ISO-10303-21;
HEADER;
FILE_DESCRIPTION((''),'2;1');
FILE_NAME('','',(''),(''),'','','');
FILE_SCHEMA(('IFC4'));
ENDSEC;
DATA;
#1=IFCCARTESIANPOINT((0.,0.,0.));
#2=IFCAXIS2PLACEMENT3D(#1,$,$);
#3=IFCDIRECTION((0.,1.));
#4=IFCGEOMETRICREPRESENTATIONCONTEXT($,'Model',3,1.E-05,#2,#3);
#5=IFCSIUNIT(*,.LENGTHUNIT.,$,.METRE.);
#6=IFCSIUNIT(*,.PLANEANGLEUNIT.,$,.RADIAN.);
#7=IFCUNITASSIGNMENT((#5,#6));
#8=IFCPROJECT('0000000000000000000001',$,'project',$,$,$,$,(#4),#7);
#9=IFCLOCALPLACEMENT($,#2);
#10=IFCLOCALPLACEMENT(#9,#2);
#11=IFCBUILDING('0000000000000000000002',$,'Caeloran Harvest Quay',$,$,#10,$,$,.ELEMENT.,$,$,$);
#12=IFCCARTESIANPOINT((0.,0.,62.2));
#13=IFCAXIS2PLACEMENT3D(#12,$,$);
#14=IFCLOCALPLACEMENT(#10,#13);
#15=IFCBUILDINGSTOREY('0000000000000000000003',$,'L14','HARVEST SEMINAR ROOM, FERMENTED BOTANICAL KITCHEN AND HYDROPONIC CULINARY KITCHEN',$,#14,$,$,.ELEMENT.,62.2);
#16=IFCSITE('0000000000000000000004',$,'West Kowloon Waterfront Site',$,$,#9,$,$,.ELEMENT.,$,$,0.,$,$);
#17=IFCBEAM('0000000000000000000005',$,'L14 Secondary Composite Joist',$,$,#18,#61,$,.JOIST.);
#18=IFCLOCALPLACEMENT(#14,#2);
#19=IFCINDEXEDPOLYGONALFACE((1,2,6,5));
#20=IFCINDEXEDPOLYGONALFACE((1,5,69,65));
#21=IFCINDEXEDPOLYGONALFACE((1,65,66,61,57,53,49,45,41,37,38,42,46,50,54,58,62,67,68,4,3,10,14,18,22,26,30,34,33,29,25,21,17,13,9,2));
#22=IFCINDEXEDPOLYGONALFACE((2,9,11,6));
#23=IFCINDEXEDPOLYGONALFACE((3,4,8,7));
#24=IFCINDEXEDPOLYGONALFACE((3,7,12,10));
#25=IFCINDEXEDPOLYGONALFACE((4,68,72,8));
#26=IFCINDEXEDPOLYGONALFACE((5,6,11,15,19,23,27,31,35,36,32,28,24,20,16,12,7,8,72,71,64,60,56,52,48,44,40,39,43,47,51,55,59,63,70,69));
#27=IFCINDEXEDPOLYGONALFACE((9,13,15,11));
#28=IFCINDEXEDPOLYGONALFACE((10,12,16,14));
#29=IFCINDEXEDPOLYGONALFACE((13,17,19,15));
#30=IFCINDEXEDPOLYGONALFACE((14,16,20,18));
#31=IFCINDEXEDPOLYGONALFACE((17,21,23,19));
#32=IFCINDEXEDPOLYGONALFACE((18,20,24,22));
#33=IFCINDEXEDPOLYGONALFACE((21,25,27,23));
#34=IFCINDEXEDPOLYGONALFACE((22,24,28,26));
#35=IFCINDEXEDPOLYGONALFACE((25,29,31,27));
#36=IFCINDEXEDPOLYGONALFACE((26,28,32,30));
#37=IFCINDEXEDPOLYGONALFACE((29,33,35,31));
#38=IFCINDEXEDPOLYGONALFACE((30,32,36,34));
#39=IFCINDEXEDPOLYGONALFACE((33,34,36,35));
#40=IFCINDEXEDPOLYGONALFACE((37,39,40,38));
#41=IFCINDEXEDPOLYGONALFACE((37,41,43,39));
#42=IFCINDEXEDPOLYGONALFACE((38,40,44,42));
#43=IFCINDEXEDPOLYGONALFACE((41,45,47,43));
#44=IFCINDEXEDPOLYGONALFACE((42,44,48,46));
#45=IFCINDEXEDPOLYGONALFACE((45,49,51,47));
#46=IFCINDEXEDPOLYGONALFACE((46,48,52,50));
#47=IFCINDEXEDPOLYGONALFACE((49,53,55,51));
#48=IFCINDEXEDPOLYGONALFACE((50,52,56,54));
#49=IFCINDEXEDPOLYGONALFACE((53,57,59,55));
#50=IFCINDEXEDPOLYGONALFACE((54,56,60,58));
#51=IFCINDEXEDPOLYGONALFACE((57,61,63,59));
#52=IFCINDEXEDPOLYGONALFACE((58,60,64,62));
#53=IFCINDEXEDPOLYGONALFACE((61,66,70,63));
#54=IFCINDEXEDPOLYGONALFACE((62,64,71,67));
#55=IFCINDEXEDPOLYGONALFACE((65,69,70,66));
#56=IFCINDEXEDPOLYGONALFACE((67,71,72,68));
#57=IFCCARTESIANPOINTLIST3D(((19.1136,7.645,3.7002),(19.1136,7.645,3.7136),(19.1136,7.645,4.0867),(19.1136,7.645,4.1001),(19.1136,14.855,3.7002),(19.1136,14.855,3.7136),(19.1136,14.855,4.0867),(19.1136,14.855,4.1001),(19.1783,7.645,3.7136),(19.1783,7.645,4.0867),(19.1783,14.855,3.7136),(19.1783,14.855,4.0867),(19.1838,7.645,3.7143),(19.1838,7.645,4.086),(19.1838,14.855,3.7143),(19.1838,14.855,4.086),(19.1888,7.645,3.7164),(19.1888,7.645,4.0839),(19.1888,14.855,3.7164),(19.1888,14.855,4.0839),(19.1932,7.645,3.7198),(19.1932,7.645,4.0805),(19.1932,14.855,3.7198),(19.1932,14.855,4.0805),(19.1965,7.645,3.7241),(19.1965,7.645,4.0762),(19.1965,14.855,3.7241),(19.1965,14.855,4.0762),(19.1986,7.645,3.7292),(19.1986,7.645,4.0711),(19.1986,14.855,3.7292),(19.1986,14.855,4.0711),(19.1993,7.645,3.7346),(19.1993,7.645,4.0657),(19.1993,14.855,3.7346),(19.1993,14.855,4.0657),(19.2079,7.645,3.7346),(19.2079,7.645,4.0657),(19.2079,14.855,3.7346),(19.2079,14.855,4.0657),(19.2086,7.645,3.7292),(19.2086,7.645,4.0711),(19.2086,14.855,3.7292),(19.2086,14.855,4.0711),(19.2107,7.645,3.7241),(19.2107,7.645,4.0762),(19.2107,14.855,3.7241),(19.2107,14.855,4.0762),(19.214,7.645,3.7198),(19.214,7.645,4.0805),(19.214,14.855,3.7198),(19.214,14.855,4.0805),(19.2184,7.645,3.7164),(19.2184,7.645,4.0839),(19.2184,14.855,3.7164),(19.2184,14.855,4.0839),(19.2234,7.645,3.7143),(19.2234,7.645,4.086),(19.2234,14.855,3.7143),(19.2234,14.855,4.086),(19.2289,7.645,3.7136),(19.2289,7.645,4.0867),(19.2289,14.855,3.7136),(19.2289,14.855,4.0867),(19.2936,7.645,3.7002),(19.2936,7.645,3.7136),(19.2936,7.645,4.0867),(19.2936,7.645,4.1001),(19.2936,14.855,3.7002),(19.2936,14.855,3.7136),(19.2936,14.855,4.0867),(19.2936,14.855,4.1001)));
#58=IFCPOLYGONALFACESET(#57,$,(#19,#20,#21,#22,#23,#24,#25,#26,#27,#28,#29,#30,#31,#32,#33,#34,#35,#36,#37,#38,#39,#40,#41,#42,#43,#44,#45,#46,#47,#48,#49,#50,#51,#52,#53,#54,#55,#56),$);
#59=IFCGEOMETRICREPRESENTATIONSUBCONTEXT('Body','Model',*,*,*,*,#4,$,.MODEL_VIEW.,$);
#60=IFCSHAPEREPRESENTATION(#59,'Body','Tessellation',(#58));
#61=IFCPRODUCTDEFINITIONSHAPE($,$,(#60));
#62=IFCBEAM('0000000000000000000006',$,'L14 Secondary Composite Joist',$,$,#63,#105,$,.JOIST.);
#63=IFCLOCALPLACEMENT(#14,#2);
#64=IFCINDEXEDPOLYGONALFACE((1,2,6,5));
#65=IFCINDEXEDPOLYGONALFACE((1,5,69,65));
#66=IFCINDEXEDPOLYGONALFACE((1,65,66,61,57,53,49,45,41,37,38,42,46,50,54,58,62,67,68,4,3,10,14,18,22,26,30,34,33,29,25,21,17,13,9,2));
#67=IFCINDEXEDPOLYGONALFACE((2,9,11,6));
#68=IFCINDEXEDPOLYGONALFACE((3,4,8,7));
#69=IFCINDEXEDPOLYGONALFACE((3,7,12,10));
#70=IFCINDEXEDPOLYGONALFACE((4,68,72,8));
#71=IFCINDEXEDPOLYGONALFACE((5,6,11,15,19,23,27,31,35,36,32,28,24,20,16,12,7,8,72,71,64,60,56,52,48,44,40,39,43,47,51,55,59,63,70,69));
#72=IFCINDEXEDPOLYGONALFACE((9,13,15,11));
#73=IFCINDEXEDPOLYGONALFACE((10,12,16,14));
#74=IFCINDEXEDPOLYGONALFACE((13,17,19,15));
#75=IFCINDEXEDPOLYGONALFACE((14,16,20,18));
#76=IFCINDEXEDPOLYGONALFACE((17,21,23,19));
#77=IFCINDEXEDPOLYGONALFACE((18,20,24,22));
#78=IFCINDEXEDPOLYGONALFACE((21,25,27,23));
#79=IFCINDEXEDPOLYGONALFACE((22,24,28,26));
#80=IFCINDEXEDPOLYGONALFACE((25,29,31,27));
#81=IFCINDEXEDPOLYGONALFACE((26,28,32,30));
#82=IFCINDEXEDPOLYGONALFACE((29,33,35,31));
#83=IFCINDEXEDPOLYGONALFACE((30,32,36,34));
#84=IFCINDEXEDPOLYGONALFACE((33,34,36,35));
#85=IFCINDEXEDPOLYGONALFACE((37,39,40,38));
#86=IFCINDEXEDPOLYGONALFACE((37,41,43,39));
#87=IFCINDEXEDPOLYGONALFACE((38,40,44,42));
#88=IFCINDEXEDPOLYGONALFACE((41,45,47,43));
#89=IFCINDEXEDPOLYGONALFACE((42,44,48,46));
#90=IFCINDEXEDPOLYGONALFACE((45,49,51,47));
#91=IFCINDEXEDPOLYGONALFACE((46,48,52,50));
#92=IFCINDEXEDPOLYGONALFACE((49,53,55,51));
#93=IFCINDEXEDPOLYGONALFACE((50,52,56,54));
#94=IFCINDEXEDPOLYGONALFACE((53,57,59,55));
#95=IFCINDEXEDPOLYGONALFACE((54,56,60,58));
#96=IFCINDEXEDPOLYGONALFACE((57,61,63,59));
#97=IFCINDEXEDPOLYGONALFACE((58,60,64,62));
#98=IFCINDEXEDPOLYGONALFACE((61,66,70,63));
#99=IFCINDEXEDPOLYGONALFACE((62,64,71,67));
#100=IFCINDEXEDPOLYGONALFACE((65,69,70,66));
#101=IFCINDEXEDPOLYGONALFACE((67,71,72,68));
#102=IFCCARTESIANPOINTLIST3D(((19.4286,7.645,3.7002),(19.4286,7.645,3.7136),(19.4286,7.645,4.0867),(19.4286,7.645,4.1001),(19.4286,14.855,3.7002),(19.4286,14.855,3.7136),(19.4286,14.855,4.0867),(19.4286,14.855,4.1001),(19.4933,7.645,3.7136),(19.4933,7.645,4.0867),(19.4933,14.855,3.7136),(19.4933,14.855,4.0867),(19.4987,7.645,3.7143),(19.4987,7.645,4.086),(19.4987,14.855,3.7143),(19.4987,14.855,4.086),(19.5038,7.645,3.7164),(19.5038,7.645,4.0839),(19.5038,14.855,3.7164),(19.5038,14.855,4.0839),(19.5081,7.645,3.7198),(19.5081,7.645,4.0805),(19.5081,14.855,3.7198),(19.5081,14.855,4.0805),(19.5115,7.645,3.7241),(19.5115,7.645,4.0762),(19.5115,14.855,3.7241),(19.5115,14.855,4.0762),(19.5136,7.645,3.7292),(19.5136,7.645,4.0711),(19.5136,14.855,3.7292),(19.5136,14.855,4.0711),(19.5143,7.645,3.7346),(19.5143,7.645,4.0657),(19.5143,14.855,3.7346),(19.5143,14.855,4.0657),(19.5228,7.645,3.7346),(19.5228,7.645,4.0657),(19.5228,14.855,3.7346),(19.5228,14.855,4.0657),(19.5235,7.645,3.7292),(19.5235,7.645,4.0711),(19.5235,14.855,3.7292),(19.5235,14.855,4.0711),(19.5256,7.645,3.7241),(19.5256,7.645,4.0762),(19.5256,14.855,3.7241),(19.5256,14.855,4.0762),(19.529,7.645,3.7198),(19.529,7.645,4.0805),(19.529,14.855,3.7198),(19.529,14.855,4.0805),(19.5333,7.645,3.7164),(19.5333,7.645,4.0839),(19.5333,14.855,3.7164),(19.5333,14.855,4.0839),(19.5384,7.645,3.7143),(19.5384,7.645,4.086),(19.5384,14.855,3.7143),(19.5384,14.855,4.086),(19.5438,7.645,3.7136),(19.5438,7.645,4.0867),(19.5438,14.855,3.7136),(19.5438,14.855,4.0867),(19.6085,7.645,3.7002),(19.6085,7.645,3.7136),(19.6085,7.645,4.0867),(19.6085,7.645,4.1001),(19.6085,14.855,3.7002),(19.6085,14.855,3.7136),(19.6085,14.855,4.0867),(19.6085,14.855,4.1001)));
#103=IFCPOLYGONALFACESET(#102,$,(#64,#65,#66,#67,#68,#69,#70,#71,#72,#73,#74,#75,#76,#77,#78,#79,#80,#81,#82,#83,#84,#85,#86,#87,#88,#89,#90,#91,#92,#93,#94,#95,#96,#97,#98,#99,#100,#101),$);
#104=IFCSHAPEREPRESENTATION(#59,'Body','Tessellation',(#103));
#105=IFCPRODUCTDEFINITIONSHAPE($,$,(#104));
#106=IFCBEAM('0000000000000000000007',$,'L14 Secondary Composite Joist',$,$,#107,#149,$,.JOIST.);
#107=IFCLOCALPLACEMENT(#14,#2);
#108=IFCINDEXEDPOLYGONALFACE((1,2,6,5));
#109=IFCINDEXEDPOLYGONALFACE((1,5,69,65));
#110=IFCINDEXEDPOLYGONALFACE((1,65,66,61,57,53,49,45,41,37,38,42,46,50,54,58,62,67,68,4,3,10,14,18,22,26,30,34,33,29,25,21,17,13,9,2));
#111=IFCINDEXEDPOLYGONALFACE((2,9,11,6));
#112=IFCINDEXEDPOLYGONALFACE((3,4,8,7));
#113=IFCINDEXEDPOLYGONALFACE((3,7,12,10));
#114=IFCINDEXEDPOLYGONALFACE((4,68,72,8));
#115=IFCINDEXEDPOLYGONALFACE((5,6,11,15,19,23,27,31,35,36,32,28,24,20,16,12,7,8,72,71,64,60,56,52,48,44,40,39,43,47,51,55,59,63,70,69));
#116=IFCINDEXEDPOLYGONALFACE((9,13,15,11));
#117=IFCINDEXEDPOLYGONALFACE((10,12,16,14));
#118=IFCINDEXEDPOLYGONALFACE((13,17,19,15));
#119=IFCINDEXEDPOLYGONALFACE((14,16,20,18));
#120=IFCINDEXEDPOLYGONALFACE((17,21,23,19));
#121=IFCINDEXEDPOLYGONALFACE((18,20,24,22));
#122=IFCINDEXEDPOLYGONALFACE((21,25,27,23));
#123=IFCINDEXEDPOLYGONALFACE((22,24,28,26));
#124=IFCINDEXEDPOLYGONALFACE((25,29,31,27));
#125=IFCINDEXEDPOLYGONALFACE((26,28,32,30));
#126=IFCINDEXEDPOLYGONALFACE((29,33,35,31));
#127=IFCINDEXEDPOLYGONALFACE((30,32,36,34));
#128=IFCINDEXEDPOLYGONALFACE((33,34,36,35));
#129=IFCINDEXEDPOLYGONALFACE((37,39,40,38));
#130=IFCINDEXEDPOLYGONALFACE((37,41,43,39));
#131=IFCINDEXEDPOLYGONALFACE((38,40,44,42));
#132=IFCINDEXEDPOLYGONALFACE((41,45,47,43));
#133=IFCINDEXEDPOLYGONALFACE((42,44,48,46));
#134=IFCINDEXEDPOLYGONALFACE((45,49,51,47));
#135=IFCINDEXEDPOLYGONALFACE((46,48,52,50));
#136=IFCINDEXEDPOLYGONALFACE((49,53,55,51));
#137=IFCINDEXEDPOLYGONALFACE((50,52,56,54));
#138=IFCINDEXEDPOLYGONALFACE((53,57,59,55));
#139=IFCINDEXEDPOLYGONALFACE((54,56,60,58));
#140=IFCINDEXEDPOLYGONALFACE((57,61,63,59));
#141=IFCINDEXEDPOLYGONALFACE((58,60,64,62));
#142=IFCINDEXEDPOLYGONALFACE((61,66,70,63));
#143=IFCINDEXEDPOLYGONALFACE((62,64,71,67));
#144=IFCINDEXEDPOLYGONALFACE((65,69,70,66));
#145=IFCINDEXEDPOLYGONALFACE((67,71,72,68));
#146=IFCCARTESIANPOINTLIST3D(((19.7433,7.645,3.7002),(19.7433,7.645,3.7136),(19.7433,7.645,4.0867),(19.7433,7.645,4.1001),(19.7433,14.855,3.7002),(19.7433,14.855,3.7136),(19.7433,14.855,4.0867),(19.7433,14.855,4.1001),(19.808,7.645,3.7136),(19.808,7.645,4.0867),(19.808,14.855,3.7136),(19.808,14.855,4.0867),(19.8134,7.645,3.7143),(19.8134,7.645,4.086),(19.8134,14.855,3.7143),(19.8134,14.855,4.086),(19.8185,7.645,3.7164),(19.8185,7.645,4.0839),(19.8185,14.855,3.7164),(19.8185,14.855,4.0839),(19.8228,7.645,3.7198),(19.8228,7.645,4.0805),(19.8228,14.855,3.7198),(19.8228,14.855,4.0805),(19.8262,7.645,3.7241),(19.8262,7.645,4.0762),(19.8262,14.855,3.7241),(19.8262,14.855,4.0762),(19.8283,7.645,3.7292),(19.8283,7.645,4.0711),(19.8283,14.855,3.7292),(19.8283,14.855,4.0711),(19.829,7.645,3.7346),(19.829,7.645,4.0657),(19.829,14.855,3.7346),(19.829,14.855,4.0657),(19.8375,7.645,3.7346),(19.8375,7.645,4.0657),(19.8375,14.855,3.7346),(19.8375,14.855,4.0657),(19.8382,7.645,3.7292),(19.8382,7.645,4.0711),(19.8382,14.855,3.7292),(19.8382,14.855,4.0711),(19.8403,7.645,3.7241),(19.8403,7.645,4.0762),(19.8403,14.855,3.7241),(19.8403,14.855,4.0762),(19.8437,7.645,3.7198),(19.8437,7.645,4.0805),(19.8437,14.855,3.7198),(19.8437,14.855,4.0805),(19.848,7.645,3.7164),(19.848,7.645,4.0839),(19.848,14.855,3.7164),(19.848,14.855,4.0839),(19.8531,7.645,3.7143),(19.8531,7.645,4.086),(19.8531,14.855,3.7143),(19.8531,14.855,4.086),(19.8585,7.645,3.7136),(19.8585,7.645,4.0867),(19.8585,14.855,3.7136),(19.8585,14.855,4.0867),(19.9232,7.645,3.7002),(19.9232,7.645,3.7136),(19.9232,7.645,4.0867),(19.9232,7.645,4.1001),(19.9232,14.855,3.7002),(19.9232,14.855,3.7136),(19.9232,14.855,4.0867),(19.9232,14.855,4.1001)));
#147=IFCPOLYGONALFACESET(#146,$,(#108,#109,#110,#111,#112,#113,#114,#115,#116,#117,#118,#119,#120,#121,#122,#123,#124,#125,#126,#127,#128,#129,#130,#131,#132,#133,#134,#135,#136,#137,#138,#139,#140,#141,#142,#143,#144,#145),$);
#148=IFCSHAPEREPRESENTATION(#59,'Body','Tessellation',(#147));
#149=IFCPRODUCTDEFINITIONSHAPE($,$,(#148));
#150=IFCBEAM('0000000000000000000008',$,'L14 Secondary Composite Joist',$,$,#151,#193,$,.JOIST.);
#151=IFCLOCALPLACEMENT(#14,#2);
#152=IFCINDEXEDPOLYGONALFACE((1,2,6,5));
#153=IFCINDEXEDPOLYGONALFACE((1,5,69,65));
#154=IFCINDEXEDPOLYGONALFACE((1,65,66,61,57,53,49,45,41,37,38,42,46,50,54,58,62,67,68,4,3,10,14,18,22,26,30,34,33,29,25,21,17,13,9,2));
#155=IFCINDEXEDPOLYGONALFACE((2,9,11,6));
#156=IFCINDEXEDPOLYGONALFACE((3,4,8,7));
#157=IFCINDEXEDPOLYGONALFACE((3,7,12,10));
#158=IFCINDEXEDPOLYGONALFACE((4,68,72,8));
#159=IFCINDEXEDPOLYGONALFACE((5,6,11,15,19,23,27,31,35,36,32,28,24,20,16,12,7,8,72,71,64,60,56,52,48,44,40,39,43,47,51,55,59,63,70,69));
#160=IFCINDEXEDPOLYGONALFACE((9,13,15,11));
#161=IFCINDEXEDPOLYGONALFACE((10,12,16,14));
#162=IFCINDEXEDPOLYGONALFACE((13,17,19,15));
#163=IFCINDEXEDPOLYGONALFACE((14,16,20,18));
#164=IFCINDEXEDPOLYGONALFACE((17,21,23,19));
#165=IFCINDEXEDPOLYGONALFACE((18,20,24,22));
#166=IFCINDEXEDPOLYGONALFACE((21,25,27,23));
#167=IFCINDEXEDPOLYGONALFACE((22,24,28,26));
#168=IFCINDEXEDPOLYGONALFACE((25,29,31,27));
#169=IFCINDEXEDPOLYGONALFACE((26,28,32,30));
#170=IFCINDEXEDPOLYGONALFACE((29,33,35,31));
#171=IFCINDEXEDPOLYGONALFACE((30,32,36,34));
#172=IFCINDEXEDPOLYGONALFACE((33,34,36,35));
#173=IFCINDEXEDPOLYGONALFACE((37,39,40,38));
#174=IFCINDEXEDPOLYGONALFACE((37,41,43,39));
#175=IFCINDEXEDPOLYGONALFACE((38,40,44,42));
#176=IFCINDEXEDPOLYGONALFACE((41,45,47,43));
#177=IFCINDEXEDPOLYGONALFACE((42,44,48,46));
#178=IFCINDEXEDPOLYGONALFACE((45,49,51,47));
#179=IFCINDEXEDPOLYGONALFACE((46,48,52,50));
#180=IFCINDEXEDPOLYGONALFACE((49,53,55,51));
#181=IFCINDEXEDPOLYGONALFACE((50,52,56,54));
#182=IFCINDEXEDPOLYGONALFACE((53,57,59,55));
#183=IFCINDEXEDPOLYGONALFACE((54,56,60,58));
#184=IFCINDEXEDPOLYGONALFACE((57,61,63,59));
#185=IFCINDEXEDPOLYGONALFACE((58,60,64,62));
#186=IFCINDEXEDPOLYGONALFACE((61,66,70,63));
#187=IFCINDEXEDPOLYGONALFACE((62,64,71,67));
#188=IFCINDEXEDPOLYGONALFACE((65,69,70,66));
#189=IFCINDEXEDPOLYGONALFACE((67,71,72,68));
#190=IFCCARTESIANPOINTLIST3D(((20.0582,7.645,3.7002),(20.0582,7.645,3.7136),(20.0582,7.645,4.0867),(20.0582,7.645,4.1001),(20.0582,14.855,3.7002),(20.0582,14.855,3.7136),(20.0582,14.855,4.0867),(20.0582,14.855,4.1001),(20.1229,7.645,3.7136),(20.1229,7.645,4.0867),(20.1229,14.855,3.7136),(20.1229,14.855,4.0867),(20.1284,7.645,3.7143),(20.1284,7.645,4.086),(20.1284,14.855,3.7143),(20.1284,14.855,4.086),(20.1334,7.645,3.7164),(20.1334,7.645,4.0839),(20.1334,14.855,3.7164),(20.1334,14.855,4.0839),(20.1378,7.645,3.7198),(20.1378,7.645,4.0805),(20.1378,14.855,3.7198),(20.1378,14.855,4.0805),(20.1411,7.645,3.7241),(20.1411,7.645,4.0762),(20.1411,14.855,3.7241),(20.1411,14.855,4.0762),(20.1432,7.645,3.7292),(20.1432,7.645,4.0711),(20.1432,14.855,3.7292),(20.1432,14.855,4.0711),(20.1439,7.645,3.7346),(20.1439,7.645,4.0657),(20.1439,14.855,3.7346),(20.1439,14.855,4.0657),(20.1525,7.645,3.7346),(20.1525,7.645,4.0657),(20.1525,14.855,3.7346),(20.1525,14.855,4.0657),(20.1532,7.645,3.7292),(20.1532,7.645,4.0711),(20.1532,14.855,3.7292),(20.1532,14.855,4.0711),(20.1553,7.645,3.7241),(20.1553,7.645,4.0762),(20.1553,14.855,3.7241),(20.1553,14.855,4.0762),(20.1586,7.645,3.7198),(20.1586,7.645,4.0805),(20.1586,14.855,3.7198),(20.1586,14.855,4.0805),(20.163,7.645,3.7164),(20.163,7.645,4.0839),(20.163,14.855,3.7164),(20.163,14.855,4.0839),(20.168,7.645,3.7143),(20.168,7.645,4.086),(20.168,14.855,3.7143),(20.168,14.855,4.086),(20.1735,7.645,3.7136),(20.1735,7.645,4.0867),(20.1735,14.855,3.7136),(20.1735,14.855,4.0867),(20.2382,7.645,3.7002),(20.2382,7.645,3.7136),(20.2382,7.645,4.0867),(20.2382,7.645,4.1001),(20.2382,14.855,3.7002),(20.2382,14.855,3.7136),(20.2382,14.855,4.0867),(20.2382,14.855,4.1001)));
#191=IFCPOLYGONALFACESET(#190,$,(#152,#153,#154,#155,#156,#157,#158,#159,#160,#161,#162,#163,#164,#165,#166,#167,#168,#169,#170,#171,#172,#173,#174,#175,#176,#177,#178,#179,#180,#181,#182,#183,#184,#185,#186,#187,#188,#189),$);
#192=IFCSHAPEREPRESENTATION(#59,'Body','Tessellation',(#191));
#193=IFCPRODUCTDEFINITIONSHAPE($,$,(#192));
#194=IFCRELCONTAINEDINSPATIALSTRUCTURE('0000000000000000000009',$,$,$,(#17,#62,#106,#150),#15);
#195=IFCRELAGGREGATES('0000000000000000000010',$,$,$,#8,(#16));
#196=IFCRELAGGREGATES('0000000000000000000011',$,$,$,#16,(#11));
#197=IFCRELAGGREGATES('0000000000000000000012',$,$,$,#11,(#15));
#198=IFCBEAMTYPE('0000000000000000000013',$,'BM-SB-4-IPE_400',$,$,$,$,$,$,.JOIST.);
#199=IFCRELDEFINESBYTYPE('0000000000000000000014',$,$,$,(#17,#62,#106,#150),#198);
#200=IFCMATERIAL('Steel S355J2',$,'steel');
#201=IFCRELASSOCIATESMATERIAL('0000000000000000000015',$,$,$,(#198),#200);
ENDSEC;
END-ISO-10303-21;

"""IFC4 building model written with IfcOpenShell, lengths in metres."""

from ifc_helpers import new_model, si_unit, direction, frame, origin, origin_2d, place, context, subcontext, project, spatial, i_section, extrude, material, material_profile, profile_set, type_object, element, save


model = new_model("IFC4")

# Units and contexts
model_context = context("Model", 3, precision=1e-05, world=origin(), true_north=direction((0.0, 1.0)))
body_context = subcontext(model_context, "Body", "Model", "MODEL_VIEW")
ifc_project = project(units=[si_unit("LENGTHUNIT", "METRE"), si_unit("PLANEANGLEUNIT", "RADIAN")], contexts=[model_context])

# Site, building, storey
site_placement = place(None, origin())
site = spatial("IfcSite", under=ifc_project, at=site_placement, Name="West Kowloon Waterfront Site", CompositionType="ELEMENT", RefElevation=0.0)
building_placement = place(site_placement, origin())
building = spatial("IfcBuilding", under=site, at=building_placement, Name="Caeloran Harvest Quay", CompositionType="ELEMENT")
storey_placement = place(building_placement, frame((0.0, 0.0, 62.2)))
storey = spatial("IfcBuildingStorey", under=building, at=storey_placement, Name="L14", Description="HARVEST SEMINAR ROOM, FERMENTED BOTANICAL KITCHEN AND HYDROPONIC CULINARY KITCHEN", CompositionType="ELEMENT", Elevation=62.2)

# Beams
ifc_material = material(Name="Steel S355J2", Category="steel")
ifc_material_profile_1 = material_profile(ifc_material, i_section(OverallWidth=0.1799, OverallDepth=0.3999, WebThickness=0.0085, FlangeThickness=0.0134, FilletRadius=0.021, at=origin_2d()), Name="IPE 400")
ifc_profile_set_1 = profile_set([ifc_material_profile_1], Name="Steel S355J2")
beam_type_1 = type_object("IfcBeamType", Name="BM-SB-4-IPE_400", PredefinedType="JOIST", material=ifc_profile_set_1)
for number, where, z_axis, x_axis, name in (
    (1, (19.2036, 7.645, 3.9001), (0.0, 1.0, 0.0), (-1.0, 0.0, 0.0), "L14 Secondary Composite Joist"),
    (2, (19.5186, 7.645, 3.9001), (0.0, 1.0, 0.0), (-1.0, 0.0, 0.0), "L14 Secondary Composite Joist"),
    (3, (19.8333, 7.645, 3.9001), (0.0, 1.0, 0.0), (-1.0, 0.0, 0.0), "L14 Secondary Composite Joist"),
    (4, (20.1482, 7.645, 3.9001), (0.0, 1.0, 0.0), (-1.0, 0.0, 0.0), "L14 Secondary Composite Joist"),
):
    element("IfcBeam", number, at=place(storey_placement, frame(where, z_axis=z_axis, x_axis=x_axis)), inside=storey, type_object=beam_type_1, Name=name, PredefinedType="JOIST", context=body_context, shape_type="SweptSolid", body=[
        extrude(i_section(OverallWidth=0.1799, OverallDepth=0.3999, WebThickness=0.0085, FlangeThickness=0.0134, FilletRadius=0.021, at=origin_2d()), origin(), (0.0, 0.0, 1.0), 7.21),
    ])

save(model, "model.ifc")
